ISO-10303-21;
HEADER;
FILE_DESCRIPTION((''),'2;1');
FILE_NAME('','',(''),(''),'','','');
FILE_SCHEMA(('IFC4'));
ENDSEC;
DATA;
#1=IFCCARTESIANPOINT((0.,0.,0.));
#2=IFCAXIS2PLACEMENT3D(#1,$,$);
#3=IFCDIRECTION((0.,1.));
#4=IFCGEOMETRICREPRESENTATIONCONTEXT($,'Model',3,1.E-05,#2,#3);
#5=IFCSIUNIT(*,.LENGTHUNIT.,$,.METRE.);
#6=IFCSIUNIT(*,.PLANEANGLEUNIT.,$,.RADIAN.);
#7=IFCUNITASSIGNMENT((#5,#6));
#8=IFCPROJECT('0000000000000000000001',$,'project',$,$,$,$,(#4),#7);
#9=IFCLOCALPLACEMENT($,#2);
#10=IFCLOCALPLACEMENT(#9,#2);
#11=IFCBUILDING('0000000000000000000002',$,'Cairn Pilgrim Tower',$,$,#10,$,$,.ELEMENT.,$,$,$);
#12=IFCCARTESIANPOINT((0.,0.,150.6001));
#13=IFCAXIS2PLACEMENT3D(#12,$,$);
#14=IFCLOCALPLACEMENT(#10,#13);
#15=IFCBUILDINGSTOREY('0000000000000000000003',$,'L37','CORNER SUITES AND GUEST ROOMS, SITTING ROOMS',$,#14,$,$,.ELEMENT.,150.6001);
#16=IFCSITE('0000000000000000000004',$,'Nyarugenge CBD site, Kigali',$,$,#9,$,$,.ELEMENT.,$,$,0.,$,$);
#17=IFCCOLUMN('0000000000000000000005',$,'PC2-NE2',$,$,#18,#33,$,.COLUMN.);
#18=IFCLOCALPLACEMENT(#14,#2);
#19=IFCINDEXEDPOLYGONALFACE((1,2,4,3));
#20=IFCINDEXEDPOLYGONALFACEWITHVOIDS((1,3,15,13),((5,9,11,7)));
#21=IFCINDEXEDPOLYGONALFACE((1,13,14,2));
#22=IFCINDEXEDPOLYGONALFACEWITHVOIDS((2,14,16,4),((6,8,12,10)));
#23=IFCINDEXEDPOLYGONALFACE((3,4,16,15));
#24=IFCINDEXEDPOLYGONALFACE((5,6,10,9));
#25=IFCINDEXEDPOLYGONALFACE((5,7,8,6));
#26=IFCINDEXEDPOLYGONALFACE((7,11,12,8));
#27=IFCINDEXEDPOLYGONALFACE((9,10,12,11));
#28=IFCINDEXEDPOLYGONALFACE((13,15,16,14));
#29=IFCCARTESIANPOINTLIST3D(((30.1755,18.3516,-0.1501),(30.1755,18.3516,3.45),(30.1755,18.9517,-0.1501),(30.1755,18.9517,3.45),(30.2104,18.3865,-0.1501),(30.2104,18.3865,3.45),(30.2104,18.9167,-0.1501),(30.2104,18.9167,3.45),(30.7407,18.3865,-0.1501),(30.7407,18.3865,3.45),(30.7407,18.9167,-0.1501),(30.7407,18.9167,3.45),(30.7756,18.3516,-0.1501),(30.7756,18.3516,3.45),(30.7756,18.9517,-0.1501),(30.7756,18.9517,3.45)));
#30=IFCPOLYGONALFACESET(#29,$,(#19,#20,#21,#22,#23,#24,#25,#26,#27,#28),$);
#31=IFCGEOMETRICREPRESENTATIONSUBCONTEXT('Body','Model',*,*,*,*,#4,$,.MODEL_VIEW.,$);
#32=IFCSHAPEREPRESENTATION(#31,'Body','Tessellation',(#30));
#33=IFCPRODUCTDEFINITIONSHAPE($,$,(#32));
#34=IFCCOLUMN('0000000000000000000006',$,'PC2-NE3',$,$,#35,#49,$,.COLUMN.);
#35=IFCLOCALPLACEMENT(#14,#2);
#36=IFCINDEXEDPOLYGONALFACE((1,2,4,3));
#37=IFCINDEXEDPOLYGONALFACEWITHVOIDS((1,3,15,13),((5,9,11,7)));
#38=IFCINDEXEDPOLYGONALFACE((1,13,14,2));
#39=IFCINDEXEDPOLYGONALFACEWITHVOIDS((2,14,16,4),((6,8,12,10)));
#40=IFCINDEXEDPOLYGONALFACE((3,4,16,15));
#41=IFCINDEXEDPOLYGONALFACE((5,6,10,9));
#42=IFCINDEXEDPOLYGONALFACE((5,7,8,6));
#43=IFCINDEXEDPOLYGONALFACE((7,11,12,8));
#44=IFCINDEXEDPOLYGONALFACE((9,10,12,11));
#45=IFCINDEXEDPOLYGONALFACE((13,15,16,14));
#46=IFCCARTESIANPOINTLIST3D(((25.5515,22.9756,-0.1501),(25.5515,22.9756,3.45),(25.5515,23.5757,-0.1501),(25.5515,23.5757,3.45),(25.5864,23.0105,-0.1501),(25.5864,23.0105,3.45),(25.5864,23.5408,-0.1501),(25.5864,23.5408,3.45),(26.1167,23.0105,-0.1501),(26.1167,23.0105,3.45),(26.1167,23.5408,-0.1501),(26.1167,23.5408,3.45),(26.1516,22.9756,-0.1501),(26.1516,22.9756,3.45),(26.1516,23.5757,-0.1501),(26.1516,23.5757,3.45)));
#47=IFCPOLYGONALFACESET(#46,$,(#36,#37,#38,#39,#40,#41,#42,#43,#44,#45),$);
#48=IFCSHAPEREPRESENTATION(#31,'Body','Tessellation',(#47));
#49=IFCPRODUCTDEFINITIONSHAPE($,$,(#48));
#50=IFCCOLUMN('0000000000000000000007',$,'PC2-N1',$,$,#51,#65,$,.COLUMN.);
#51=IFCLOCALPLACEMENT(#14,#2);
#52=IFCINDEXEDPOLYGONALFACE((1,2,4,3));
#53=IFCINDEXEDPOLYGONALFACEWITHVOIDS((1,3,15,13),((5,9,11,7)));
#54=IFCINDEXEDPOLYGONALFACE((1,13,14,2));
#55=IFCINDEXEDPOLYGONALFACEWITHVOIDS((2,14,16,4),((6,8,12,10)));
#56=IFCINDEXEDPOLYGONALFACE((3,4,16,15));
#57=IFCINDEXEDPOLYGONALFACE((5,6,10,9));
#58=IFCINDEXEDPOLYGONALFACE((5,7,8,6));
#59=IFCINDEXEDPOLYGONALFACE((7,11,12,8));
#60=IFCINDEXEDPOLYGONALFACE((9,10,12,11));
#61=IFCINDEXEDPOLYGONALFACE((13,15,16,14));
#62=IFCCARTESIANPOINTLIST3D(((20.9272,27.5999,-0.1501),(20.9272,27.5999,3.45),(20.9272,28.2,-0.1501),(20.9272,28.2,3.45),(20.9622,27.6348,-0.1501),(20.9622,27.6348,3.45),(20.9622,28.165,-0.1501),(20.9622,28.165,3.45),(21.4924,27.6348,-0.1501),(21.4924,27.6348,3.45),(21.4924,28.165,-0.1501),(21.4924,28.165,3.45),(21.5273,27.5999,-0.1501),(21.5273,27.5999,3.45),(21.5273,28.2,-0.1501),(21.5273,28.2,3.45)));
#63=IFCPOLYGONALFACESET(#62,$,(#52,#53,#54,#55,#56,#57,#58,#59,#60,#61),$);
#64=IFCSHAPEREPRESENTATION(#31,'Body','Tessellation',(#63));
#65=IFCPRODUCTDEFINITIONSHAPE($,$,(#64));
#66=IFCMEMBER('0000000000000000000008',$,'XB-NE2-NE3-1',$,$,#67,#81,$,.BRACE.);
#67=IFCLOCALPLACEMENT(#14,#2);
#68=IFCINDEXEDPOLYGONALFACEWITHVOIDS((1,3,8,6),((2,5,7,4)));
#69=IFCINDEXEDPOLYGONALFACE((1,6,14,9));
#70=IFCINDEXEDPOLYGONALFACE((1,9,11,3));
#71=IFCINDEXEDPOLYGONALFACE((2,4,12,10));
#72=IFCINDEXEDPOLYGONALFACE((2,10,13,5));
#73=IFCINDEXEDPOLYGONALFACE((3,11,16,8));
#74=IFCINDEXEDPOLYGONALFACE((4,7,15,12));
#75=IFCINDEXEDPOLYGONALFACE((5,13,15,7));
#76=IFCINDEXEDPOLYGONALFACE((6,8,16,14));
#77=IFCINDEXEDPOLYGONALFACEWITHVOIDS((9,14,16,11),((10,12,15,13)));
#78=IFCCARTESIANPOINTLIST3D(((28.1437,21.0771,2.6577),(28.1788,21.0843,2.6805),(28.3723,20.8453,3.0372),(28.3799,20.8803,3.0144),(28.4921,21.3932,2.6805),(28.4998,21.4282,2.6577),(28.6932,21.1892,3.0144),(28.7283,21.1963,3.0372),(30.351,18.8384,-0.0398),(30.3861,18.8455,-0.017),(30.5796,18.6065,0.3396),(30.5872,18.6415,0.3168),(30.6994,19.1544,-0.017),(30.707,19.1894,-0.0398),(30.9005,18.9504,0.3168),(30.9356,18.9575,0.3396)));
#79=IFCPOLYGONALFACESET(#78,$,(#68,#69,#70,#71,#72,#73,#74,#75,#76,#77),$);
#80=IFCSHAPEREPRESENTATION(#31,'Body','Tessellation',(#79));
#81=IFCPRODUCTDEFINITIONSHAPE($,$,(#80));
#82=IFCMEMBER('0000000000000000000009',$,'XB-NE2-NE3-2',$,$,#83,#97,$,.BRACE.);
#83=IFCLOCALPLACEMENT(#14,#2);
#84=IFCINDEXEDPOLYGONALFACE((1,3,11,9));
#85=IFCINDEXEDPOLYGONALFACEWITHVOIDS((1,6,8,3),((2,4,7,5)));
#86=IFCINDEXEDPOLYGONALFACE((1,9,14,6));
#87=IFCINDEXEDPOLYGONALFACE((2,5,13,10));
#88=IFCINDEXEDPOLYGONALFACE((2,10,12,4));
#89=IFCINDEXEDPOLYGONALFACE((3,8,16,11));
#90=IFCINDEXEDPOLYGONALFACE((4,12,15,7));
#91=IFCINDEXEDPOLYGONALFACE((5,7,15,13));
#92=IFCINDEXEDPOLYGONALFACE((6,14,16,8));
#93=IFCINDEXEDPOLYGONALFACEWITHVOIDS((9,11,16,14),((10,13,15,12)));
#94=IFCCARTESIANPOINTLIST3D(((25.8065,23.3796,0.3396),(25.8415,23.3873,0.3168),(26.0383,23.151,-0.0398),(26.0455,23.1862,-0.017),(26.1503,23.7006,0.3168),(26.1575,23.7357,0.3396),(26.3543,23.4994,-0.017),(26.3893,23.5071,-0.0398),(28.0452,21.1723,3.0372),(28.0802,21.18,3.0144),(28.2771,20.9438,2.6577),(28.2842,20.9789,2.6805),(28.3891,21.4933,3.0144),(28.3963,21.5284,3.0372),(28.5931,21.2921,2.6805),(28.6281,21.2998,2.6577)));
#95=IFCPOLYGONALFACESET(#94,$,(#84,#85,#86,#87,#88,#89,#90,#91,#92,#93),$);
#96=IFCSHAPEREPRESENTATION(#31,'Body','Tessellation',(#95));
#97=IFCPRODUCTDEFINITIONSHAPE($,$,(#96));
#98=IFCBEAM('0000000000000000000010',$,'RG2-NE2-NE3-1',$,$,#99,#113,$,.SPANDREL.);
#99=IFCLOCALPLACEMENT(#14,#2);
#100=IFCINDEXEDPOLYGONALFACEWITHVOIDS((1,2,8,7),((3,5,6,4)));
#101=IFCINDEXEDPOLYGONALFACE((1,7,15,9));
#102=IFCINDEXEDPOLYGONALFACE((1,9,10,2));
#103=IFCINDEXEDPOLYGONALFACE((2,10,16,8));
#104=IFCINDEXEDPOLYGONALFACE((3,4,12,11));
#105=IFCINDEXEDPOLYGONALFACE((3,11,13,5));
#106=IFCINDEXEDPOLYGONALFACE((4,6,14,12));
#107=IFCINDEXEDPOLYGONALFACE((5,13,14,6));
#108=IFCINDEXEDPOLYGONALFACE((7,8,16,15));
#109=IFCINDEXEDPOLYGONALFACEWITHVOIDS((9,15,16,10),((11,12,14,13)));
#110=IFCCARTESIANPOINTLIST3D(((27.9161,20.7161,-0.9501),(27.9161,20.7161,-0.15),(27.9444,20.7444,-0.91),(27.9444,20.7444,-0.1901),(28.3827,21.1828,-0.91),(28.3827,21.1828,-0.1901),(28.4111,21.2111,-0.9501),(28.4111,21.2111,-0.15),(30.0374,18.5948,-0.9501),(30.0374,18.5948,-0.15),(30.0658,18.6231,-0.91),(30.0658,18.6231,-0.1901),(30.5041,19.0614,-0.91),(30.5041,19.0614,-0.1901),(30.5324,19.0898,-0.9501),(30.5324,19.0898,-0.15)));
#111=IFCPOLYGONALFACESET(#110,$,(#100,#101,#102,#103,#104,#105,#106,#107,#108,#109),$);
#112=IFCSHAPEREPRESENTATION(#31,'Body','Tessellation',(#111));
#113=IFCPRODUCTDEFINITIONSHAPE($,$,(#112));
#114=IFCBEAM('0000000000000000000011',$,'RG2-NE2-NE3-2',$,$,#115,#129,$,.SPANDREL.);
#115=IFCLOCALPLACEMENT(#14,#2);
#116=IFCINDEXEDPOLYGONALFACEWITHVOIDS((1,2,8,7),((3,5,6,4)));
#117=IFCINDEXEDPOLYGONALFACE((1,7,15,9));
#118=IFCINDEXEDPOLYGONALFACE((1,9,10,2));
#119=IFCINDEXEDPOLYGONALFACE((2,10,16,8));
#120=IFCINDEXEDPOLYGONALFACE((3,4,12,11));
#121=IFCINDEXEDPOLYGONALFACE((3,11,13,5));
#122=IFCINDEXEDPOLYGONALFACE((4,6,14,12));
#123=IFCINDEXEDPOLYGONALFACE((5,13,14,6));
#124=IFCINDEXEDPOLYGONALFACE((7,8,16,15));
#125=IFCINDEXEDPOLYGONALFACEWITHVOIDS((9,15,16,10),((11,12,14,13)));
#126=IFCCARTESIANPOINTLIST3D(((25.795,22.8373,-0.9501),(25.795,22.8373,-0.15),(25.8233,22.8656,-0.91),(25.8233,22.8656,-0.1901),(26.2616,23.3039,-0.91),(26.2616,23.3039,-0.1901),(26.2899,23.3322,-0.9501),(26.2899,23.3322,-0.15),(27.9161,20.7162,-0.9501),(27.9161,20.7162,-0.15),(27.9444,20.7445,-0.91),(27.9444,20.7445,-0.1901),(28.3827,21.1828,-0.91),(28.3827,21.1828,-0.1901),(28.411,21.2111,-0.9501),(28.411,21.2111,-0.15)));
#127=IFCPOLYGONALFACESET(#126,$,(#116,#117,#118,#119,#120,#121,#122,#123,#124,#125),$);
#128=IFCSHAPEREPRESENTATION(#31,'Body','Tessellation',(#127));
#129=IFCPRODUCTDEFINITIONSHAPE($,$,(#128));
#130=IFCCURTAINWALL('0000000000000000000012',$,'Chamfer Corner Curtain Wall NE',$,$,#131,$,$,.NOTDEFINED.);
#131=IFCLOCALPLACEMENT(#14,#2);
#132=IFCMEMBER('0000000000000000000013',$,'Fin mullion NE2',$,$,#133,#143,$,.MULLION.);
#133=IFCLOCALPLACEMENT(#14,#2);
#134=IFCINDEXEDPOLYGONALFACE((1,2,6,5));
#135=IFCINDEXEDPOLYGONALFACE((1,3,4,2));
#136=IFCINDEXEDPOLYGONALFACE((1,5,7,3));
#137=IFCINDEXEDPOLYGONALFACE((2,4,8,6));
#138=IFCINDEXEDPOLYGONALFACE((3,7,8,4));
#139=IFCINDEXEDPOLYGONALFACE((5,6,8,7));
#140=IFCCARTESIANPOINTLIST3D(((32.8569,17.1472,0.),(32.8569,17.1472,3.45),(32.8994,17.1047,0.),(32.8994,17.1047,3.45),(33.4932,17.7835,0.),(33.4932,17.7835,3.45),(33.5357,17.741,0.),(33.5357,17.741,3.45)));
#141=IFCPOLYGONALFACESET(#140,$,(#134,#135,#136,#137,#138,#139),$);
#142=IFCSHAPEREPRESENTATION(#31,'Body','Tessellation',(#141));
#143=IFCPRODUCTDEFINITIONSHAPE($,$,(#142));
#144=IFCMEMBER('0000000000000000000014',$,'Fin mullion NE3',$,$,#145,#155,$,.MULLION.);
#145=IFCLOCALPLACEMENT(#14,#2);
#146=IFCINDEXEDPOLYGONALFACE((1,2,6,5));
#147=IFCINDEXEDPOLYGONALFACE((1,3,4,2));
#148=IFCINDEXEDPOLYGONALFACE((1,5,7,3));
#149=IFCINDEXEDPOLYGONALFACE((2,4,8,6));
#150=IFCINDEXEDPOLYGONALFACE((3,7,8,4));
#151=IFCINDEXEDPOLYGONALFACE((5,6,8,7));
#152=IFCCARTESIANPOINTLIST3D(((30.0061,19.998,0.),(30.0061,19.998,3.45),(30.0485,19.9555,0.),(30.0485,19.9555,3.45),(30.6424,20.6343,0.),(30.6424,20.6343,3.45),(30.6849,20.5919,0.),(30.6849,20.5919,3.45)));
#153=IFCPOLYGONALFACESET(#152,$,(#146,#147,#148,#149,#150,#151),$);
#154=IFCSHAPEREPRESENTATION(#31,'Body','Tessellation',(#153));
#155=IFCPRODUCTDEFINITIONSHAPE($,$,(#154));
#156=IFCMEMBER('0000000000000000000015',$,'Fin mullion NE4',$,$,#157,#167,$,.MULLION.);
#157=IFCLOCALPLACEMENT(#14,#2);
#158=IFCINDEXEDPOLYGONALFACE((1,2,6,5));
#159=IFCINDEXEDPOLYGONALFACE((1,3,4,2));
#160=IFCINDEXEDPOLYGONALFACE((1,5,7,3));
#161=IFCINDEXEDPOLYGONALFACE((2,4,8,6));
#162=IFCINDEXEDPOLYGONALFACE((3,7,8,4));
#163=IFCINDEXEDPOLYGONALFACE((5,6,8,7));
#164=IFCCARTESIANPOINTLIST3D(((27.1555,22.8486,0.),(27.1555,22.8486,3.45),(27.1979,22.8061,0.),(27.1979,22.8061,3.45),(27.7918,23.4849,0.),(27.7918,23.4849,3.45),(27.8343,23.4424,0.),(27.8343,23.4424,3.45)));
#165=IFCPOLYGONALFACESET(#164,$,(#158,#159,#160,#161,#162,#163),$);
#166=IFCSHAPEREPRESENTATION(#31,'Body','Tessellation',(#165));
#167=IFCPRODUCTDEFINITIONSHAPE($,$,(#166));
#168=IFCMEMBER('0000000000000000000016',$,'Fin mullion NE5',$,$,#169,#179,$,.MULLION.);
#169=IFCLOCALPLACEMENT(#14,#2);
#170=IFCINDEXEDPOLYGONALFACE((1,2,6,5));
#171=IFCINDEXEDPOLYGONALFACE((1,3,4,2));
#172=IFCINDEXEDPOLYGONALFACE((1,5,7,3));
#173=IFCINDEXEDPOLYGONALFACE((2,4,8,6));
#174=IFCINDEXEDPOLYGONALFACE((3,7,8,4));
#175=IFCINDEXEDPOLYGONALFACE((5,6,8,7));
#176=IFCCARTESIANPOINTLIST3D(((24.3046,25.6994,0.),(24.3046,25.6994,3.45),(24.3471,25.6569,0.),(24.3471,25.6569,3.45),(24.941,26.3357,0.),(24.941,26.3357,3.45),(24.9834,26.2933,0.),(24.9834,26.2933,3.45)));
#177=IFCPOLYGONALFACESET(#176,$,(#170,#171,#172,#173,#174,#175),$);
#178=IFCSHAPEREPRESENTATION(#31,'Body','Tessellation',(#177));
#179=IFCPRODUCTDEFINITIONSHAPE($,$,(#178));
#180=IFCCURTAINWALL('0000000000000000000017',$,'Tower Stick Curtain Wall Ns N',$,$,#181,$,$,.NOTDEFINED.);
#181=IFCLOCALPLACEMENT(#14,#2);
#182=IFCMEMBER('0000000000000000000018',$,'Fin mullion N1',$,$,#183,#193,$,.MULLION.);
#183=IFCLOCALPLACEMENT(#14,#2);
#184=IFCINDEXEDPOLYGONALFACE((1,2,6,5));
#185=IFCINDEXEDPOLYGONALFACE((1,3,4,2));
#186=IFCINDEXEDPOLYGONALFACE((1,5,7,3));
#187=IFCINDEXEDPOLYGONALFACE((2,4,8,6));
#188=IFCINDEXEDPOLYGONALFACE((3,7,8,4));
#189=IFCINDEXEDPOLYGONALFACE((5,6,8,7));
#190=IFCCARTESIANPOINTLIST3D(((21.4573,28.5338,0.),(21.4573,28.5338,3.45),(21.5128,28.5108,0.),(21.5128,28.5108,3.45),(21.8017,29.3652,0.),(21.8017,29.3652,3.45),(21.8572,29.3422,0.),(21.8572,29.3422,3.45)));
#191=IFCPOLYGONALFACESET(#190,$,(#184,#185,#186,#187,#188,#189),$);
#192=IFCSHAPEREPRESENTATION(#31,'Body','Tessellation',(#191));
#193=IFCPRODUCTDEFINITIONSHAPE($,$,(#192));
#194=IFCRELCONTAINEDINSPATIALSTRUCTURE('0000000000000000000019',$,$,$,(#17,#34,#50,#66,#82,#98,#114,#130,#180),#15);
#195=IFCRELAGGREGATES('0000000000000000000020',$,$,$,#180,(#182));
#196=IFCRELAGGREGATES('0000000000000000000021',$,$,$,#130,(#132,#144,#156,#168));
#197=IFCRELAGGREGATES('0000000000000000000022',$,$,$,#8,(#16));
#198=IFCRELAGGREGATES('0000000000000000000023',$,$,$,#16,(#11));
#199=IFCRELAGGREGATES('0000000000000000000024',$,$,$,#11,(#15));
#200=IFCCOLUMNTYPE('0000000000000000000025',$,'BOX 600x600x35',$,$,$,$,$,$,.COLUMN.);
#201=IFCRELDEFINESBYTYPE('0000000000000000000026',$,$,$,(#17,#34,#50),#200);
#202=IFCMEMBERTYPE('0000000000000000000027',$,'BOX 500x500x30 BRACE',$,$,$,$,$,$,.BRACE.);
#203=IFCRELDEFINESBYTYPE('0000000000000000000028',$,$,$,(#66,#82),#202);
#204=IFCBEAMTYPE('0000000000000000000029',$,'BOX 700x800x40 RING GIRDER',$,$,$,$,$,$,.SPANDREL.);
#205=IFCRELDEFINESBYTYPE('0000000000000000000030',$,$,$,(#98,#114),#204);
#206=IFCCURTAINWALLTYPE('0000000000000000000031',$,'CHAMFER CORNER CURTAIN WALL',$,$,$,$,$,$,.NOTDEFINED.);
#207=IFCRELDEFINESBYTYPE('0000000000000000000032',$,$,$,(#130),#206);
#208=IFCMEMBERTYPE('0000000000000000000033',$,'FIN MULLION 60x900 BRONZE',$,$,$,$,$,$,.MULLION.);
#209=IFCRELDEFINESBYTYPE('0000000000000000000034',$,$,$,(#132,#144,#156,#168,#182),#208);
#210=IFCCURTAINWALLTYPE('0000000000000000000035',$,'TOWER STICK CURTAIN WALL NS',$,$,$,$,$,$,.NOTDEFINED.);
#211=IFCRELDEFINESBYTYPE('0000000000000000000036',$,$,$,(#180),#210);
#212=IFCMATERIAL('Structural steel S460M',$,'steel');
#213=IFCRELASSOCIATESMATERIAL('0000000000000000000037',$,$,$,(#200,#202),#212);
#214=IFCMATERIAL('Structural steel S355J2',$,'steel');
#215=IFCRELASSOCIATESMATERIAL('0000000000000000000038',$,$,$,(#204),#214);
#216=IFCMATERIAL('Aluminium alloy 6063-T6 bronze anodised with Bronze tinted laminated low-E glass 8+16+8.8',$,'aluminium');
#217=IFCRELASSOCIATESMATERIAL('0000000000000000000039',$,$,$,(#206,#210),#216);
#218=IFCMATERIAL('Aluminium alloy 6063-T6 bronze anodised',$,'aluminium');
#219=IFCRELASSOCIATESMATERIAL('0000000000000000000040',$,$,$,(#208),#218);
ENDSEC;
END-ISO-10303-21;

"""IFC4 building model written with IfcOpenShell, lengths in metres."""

from ifc_helpers import new_model, si_unit, direction, frame, origin, origin_2d, place, context, subcontext, project, spatial, rectangle, hollow_rectangle, extrude, material, material_profile, profile_set, type_object, element, aggregate, save


model = new_model("IFC4")

# Units and contexts
model_context = context("Model", 3, precision=1e-05, world=origin(), true_north=direction((0.0, 1.0)))
body_context = subcontext(model_context, "Body", "Model", "MODEL_VIEW")
ifc_project = project(units=[si_unit("LENGTHUNIT", "METRE"), si_unit("PLANEANGLEUNIT", "RADIAN")], contexts=[model_context])

# Site, building, storey
site_placement = place(None, origin())
site = spatial("IfcSite", under=ifc_project, at=site_placement, Name="Nyarugenge CBD site, Kigali", CompositionType="ELEMENT", RefElevation=0.0)
building_placement = place(site_placement, origin())
building = spatial("IfcBuilding", under=site, at=building_placement, Name="Cairn Pilgrim Tower", CompositionType="ELEMENT")
storey_placement = place(building_placement, frame((0.0, 0.0, 150.6001)))
storey = spatial("IfcBuildingStorey", under=building, at=storey_placement, Name="L37", Description="CORNER SUITES AND GUEST ROOMS, SITTING ROOMS", CompositionType="ELEMENT", Elevation=150.6001)

# Columns
ifc_material_1 = material(Name="Structural steel S460M", Category="steel")
ifc_material_profile_1 = material_profile(ifc_material_1, hollow_rectangle(XDim=0.6001, YDim=0.6001, WallThickness=0.0349, at=origin_2d()), Name="BOX 600x600x35")
ifc_profile_set_1 = profile_set([ifc_material_profile_1], Name="Structural steel S460M")
column_type = type_object("IfcColumnType", Name="BOX 600x600x35", PredefinedType="COLUMN", material=ifc_profile_set_1)
for number, where, z_axis, x_axis, name in (
    (1, (30.4756, 18.6516, -0.1501), (0.0, 0.0, 1.0), (1.0, 0.0, 0.0), "PC2-NE2"),
    (2, (25.8516, 23.2756, -0.1501), (0.0, 0.0, 1.0), (1.0, 0.0, 0.0), "PC2-NE3"),
    (3, (21.2273, 27.8999, -0.1501), (0.0, 0.0, 1.0), (1.0, 0.0, 0.0), "PC2-N1"),
):
    element("IfcColumn", number, at=place(storey_placement, frame(where, z_axis=z_axis, x_axis=x_axis)), inside=storey, type_object=column_type, Name=name, PredefinedType="COLUMN", context=body_context, shape_type="SweptSolid", body=[
        extrude(hollow_rectangle(XDim=0.6001, YDim=0.6001, WallThickness=0.0349, at=origin_2d()), origin(), (0.0, 0.0, 1.0), 3.6001),
    ])

# Members
ifc_material_profile_2 = material_profile(ifc_material_1, hollow_rectangle(XDim=0.5, YDim=0.5, WallThickness=0.03, at=origin_2d()), Name="BOX 500x500x30")
ifc_profile_set_2 = profile_set([ifc_material_profile_2], Name="Structural steel S460M")
member_type_1 = type_object("IfcMemberType", Name="BOX 500x500x30 BRACE", PredefinedType="BRACE", material=ifc_profile_set_2)
for number, where, z_axis, x_axis, name in (
    (4, (30.6433, 18.8979, 0.1499), (-0.53283, 0.540433, 0.651171), (-0.712098, -0.70208, 0.0), "XB-NE2-NE3-1"),
    (5, (26.0979, 23.4434, 0.1499), (0.540433, -0.53283, 0.651171), (0.70208, 0.712098, 0.0), "XB-NE2-NE3-2"),
):
    element("IfcMember", number, at=place(storey_placement, frame(where, z_axis=z_axis, x_axis=x_axis)), inside=storey, type_object=member_type_1, Name=name, PredefinedType="BRACE", context=body_context, shape_type="SweptSolid", body=[
        extrude(hollow_rectangle(XDim=0.5, YDim=0.5, WallThickness=0.03, at=origin_2d()), origin(), (0.0, 0.0, 1.0), 4.1426),
    ])

# Beams
ifc_material_2 = material(Name="Structural steel S355J2", Category="steel")
ifc_material_profile_3 = material_profile(ifc_material_2, hollow_rectangle(XDim=0.7, YDim=0.8, WallThickness=0.04, at=origin_2d()), Name="BOX 700x800x40")
ifc_profile_set_3 = profile_set([ifc_material_profile_3], Name="Structural steel S355J2")
beam_type_1 = type_object("IfcBeamType", Name="BOX 700x800x40 RING GIRDER", PredefinedType="SPANDREL", material=ifc_profile_set_3)
beam_1_placement = place(storey_placement, frame((30.2849, 18.8423, -0.55), z_axis=(-0.707107, 0.707107, 0.0), x_axis=(-0.707107, -0.707107, 0.0)))
element("IfcBeam", 6, at=beam_1_placement, inside=storey, type_object=beam_type_1, Name="RG2-NE2-NE3-1", PredefinedType="SPANDREL", context=body_context, shape_type="SweptSolid", body=[
    extrude(hollow_rectangle(XDim=0.7, YDim=0.8, WallThickness=0.04, at=origin_2d()), origin(), (0.0, 0.0, 1.0), 3.0),
])
beam_2_placement = place(storey_placement, frame((28.1636, 20.9636, -0.55), z_axis=(-0.707107, 0.707107, 0.0), x_axis=(-0.707107, -0.707107, 0.0)))
element("IfcBeam", 7, at=beam_2_placement, inside=storey, type_object=beam_type_1, Name="RG2-NE2-NE3-2", PredefinedType="SPANDREL", context=body_context, shape_type="SweptSolid", body=[
    extrude(hollow_rectangle(XDim=0.7, YDim=0.8, WallThickness=0.04, at=origin_2d()), origin(), (0.0, 0.0, 1.0), 2.9998),
])

# Curtain wall, members
ifc_material_3 = material(Name="Aluminium alloy 6063-T6 bronze anodised with Bronze tinted laminated low-E glass 8+16+8.8", Category="aluminium")
curtain_wall_type_1 = type_object("IfcCurtainWallType", Name="CHAMFER CORNER CURTAIN WALL", PredefinedType="NOTDEFINED", material=ifc_material_3)
curtain_wall_1_placement = place(storey_placement, origin())
curtain_wall_1 = element("IfcCurtainWall", 8, at=curtain_wall_1_placement, inside=storey, type_object=curtain_wall_type_1, Name="Chamfer Corner Curtain Wall NE", PredefinedType="NOTDEFINED")
ifc_material_4 = material(Name="Aluminium alloy 6063-T6 bronze anodised", Category="aluminium")
ifc_material_profile_4 = material_profile(ifc_material_4, rectangle(XDim=0.8999, YDim=0.0601, at=origin_2d()), Name="FIN MULLION 60x900 BRONZE")
ifc_profile_set_4 = profile_set([ifc_material_profile_4], Name="Aluminium alloy 6063-T6 bronze anodised")
member_type_2 = type_object("IfcMemberType", Name="FIN MULLION 60x900 BRONZE", PredefinedType="MULLION", material=ifc_profile_set_4)
member_1_placement = place(storey_placement, frame((33.1963, 17.4441, 0.0), z_axis=(0.0, 0.0, 1.0), x_axis=(0.707107, 0.707107, 0.0)))
member_1 = element("IfcMember", 9, at=member_1_placement, type_object=member_type_2, Name="Fin mullion NE2", PredefinedType="MULLION", context=body_context, shape_type="SweptSolid", body=[
    extrude(rectangle(XDim=0.8999, YDim=0.0601, at=origin_2d()), origin(), (0.0, 0.0, 1.0), 3.45),
])
member_2_placement = place(storey_placement, frame((30.3455, 20.2949, 0.0), z_axis=(0.0, 0.0, 1.0), x_axis=(0.707107, 0.707107, 0.0)))
member_2 = element("IfcMember", 10, at=member_2_placement, type_object=member_type_2, Name="Fin mullion NE3", PredefinedType="MULLION", context=body_context, shape_type="SweptSolid", body=[
    extrude(rectangle(XDim=0.8999, YDim=0.0601, at=origin_2d()), origin(), (0.0, 0.0, 1.0), 3.45),
])
member_3_placement = place(storey_placement, frame((27.4949, 23.1455, 0.0), z_axis=(0.0, 0.0, 1.0), x_axis=(0.707107, 0.707107, 0.0)))
member_3 = element("IfcMember", 11, at=member_3_placement, type_object=member_type_2, Name="Fin mullion NE4", PredefinedType="MULLION", context=body_context, shape_type="SweptSolid", body=[
    extrude(rectangle(XDim=0.8999, YDim=0.0601, at=origin_2d()), origin(), (0.0, 0.0, 1.0), 3.45),
])
member_4_placement = place(storey_placement, frame((24.644, 25.9963, 0.0), z_axis=(0.0, 0.0, 1.0), x_axis=(0.707107, 0.707107, 0.0)))
member_4 = element("IfcMember", 12, at=member_4_placement, type_object=member_type_2, Name="Fin mullion NE5", PredefinedType="MULLION", context=body_context, shape_type="SweptSolid", body=[
    extrude(rectangle(XDim=0.8999, YDim=0.0601, at=origin_2d()), origin(), (0.0, 0.0, 1.0), 3.45),
])

# Curtain wall, member
curtain_wall_type_2 = type_object("IfcCurtainWallType", Name="TOWER STICK CURTAIN WALL NS", PredefinedType="NOTDEFINED", material=ifc_material_3)
curtain_wall_2_placement = place(storey_placement, origin())
curtain_wall_2 = element("IfcCurtainWall", 13, at=curtain_wall_2_placement, inside=storey, type_object=curtain_wall_type_2, Name="Tower Stick Curtain Wall Ns N", PredefinedType="NOTDEFINED")
member_5_placement = place(storey_placement, frame((21.6572, 28.938, 0.0), z_axis=(0.0, 0.0, 1.0), x_axis=(0.382683, 0.92388, 0.0)))
member_5 = element("IfcMember", 14, at=member_5_placement, type_object=member_type_2, Name="Fin mullion N1", PredefinedType="MULLION", context=body_context, shape_type="SweptSolid", body=[
    extrude(rectangle(XDim=0.8999, YDim=0.0601, at=origin_2d()), origin(), (0.0, 0.0, 1.0), 3.45),
])
aggregate(curtain_wall_2, [member_5])

aggregate(curtain_wall_1, [member_1, member_2, member_3, member_4])

save(model, "model.ifc")
